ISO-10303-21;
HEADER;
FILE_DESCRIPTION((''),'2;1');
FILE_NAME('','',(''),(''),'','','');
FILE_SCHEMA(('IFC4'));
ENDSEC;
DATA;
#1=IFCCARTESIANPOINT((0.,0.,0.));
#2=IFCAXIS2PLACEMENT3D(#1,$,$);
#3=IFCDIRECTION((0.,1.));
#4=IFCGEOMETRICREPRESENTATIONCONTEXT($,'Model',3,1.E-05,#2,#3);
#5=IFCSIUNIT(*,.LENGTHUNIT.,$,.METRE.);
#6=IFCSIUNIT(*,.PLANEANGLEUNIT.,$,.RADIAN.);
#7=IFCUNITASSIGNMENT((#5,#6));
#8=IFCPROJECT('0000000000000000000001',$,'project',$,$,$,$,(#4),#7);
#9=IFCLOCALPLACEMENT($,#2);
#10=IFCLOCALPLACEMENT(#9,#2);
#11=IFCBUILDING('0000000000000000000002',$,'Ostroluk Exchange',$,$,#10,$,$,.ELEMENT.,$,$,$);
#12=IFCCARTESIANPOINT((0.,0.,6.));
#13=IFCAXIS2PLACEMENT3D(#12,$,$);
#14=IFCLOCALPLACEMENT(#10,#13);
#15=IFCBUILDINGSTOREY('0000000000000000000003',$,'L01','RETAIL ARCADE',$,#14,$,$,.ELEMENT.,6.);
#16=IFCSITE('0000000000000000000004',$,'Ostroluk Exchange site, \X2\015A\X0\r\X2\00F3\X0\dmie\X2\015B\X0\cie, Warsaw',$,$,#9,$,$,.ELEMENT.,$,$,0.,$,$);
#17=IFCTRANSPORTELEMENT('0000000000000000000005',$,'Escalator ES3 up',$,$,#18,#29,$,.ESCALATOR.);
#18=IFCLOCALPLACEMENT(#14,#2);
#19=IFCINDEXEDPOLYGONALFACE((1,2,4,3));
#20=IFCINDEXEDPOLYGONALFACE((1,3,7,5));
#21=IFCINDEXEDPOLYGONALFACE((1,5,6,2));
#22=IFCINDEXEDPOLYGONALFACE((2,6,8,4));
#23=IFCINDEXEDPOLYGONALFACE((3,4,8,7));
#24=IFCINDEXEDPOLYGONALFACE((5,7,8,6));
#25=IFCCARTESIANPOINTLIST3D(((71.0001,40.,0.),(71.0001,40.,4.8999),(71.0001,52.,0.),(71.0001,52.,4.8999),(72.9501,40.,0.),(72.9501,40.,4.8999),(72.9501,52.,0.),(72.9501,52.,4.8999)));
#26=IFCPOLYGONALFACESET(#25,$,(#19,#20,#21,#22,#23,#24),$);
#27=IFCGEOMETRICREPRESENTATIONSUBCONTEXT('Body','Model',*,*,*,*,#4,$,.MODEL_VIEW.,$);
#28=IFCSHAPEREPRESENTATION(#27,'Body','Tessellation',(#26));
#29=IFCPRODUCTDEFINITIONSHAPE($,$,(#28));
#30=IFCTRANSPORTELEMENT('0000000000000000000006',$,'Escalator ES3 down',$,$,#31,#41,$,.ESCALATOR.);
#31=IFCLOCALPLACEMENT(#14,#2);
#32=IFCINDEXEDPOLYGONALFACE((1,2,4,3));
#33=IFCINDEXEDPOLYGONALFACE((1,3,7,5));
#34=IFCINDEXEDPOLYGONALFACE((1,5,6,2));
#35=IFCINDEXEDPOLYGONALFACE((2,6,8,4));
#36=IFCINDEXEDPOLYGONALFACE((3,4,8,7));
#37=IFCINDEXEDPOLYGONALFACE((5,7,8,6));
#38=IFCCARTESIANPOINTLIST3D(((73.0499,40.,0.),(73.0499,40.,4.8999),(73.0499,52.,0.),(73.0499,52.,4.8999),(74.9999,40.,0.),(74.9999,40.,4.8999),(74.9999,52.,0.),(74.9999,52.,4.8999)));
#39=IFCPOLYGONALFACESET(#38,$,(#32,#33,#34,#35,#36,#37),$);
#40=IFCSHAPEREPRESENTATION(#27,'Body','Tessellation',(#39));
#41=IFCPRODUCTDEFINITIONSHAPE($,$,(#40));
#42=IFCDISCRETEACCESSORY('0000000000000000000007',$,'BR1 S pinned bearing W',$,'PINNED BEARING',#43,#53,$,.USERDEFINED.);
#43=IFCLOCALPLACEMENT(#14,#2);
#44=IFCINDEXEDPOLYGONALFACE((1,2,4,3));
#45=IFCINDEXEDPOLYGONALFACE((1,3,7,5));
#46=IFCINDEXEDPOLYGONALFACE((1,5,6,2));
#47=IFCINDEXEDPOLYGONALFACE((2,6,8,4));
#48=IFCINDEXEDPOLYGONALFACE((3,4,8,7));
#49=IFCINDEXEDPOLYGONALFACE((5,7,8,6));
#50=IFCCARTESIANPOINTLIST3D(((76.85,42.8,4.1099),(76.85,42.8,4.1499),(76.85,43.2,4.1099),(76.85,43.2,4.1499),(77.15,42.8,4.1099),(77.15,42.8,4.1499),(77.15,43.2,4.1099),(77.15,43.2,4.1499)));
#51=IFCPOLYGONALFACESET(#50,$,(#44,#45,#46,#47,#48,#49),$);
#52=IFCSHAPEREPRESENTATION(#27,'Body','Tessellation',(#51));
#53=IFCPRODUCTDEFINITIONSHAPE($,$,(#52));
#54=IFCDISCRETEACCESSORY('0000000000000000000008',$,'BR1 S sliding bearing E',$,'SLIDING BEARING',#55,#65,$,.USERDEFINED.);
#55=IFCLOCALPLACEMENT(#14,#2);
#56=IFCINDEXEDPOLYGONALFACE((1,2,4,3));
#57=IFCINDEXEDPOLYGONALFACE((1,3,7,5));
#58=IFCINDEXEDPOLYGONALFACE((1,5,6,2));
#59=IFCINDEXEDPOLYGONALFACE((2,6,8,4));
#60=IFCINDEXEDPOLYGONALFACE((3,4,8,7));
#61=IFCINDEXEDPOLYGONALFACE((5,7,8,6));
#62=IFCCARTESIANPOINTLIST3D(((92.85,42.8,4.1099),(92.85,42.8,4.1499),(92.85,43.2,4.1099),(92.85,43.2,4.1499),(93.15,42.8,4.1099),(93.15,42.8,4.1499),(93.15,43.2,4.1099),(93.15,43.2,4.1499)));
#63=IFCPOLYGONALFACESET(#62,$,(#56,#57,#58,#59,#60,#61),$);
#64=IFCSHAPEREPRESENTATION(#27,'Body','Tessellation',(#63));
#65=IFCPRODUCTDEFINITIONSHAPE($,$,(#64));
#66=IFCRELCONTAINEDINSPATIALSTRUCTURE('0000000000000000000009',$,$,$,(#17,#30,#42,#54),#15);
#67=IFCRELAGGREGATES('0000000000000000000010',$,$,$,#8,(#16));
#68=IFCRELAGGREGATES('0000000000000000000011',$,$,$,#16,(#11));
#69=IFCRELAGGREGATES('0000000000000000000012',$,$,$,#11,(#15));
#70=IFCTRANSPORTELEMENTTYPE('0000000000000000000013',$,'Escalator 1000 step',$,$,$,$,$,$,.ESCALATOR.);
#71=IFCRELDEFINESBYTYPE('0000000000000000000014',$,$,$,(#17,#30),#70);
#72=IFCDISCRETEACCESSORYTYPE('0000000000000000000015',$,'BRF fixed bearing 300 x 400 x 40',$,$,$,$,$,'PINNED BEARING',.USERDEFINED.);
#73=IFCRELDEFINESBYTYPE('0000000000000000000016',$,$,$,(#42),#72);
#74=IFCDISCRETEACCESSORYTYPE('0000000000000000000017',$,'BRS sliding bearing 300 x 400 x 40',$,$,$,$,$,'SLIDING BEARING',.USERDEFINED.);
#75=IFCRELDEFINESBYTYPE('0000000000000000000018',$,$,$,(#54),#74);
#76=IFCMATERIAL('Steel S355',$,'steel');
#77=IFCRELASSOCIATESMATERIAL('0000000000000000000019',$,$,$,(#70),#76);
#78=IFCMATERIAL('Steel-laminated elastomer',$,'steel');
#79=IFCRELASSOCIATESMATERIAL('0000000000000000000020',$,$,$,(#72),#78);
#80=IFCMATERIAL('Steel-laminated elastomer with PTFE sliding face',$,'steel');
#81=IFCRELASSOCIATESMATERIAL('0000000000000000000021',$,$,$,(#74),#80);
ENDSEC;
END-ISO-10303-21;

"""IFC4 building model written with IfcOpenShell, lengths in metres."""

from ifc_helpers import new_model, si_unit, direction, frame, origin, origin_2d, place, context, subcontext, project, spatial, rectangle, extrude, material, type_object, element, save


model = new_model("IFC4")

# Units and contexts
model_context = context("Model", 3, precision=1e-05, world=origin(), true_north=direction((0.0, 1.0)))
body_context = subcontext(model_context, "Body", "Model", "MODEL_VIEW")
ifc_project = project(units=[si_unit("LENGTHUNIT", "METRE"), si_unit("PLANEANGLEUNIT", "RADIAN")], contexts=[model_context])

# Site, building, storey
site_placement = place(None, origin())
site = spatial("IfcSite", under=ifc_project, at=site_placement, Name="Ostroluk Exchange site, Śródmieście, Warsaw", CompositionType="ELEMENT", RefElevation=0.0)
building_placement = place(site_placement, origin())
building = spatial("IfcBuilding", under=site, at=building_placement, Name="Ostroluk Exchange", CompositionType="ELEMENT")
storey_placement = place(building_placement, frame((0.0, 0.0, 6.0)))
storey = spatial("IfcBuildingStorey", under=building, at=storey_placement, Name="L01", Description="RETAIL ARCADE", CompositionType="ELEMENT", Elevation=6.0)

# Transport elements
ifc_material_1 = material(Name="Steel S355", Category="steel")
transport_element_type = type_object("IfcTransportElementType", Name="Escalator 1000 step", PredefinedType="ESCALATOR", material=ifc_material_1)
for number, where, z_axis, x_axis, name in (
    (1, (71.9751, 46.0, 0.0), (0.0, 0.0, 1.0), (1.0, 0.0, 0.0), "Escalator ES3 up"),
    (2, (74.0249, 46.0, 0.0), (0.0, 0.0, 1.0), (1.0, 0.0, 0.0), "Escalator ES3 down"),
):
    element("IfcTransportElement", number, at=place(storey_placement, frame(where, z_axis=z_axis, x_axis=x_axis)), inside=storey, type_object=transport_element_type, Name=name, PredefinedType="ESCALATOR", context=body_context, shape_type="SweptSolid", body=[
        extrude(rectangle(XDim=1.95, YDim=12.0, at=origin_2d()), origin(), (0.0, 0.0, 1.0), 4.8999),
    ])

# Discrete accessories
ifc_material_2 = material(Name="Steel-laminated elastomer", Category="steel")
discrete_accessory_type_1 = type_object("IfcDiscreteAccessoryType", Name="BRF fixed bearing 300 x 400 x 40", ElementType="PINNED BEARING", PredefinedType="USERDEFINED", material=ifc_material_2)
discrete_accessory_1_placement = place(storey_placement, frame((77.0, 43.0, 4.1099), z_axis=(0.0, 0.0, 1.0), x_axis=(1.0, 0.0, 0.0)))
element("IfcDiscreteAccessory", 3, at=discrete_accessory_1_placement, inside=storey, type_object=discrete_accessory_type_1, Name="BR1 S pinned bearing W", ObjectType="PINNED BEARING", PredefinedType="USERDEFINED", context=body_context, shape_type="SweptSolid", body=[
    extrude(rectangle(XDim=0.3, YDim=0.3999, at=origin_2d()), origin(), (0.0, 0.0, 1.0), 0.04),
])
ifc_material_3 = material(Name="Steel-laminated elastomer with PTFE sliding face", Category="steel")
discrete_accessory_type_2 = type_object("IfcDiscreteAccessoryType", Name="BRS sliding bearing 300 x 400 x 40", ElementType="SLIDING BEARING", PredefinedType="USERDEFINED", material=ifc_material_3)
discrete_accessory_2_placement = place(storey_placement, frame((93.0, 43.0, 4.1099), z_axis=(0.0, 0.0, 1.0), x_axis=(1.0, 0.0, 0.0)))
element("IfcDiscreteAccessory", 4, at=discrete_accessory_2_placement, inside=storey, type_object=discrete_accessory_type_2, Name="BR1 S sliding bearing E", ObjectType="SLIDING BEARING", PredefinedType="USERDEFINED", context=body_context, shape_type="SweptSolid", body=[
    extrude(rectangle(XDim=0.3, YDim=0.3999, at=origin_2d()), origin(), (0.0, 0.0, 1.0), 0.04),
])

save(model, "model.ifc")
